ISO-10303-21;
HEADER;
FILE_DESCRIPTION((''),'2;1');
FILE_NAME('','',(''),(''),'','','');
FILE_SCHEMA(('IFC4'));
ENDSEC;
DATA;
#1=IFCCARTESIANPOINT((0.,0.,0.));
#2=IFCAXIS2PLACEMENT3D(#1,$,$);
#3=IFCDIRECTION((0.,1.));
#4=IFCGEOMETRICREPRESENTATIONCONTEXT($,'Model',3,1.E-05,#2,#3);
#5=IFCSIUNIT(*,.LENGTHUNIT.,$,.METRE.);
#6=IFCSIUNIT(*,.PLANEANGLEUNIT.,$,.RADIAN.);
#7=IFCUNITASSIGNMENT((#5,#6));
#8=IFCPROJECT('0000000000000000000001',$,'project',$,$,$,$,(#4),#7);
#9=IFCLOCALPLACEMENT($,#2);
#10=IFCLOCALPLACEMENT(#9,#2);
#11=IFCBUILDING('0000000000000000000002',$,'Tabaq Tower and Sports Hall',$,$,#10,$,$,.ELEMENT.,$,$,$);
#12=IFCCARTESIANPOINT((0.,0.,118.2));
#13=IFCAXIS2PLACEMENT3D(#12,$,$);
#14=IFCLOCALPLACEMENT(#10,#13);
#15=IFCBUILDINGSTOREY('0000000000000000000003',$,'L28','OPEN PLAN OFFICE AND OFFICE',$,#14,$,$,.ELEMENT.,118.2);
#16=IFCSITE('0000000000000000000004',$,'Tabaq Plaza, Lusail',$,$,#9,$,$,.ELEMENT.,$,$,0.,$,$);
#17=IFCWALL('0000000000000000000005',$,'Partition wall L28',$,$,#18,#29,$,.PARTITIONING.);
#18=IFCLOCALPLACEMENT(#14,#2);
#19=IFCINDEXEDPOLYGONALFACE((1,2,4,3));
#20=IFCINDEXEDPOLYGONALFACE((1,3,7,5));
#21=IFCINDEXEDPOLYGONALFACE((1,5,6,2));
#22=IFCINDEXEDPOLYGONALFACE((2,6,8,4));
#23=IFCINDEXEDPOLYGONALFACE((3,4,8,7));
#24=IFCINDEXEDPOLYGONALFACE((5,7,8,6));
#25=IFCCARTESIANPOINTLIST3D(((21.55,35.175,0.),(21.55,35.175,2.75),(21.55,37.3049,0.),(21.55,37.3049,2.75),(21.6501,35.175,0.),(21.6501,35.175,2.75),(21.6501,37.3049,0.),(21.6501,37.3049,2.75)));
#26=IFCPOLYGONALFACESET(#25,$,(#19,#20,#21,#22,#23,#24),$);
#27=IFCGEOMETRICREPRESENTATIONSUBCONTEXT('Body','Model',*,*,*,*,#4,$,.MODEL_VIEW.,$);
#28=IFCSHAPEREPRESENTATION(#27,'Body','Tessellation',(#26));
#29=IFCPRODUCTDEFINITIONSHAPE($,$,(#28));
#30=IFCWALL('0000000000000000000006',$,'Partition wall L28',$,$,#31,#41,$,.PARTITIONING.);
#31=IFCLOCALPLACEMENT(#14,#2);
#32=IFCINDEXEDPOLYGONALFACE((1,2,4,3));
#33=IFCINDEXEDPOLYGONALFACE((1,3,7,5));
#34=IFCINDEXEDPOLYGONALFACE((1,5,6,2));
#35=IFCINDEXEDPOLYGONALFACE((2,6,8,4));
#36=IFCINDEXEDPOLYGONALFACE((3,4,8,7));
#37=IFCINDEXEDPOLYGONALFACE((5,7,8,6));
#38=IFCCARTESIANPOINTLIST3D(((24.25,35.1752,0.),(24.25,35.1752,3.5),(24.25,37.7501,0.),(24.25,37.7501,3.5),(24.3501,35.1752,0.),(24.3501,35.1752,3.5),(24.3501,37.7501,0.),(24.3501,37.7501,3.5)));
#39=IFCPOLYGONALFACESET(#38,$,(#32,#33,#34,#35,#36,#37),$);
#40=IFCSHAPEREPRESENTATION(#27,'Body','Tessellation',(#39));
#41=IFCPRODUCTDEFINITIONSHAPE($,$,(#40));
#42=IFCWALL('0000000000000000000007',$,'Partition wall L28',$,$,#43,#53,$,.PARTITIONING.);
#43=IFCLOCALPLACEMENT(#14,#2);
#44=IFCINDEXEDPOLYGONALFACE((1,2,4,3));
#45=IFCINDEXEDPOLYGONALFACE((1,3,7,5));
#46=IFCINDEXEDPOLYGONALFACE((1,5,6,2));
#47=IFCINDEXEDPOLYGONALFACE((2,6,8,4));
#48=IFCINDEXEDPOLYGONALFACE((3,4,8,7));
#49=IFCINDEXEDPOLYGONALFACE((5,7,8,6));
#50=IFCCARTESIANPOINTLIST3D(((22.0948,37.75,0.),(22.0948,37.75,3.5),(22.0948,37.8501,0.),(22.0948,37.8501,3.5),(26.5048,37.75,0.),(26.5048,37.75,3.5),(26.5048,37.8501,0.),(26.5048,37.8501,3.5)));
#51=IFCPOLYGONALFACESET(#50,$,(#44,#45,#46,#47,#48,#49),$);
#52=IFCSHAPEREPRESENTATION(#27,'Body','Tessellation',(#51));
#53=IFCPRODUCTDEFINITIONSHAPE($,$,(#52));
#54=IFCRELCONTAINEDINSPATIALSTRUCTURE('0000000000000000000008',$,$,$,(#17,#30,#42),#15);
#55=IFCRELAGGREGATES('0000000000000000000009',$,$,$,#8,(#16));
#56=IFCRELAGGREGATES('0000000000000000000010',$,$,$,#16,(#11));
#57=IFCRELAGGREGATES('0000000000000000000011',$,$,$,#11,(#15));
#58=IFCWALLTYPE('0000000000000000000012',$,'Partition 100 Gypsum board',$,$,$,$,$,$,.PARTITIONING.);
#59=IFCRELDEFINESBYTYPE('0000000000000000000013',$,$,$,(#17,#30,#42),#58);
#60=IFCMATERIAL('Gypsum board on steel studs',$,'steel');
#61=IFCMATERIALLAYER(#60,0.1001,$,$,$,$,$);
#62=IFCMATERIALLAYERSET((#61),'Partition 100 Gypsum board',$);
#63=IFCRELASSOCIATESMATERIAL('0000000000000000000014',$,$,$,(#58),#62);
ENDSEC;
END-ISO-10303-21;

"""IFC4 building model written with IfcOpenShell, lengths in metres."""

from ifc_helpers import new_model, si_unit, direction, frame, frame_2d, origin, place, context, subcontext, project, spatial, rectangle, extrude, material, layer, layer_set, type_object, element, save


model = new_model("IFC4")

# Units and contexts
model_context = context("Model", 3, precision=1e-05, world=origin(), true_north=direction((0.0, 1.0)))
body_context = subcontext(model_context, "Body", "Model", "MODEL_VIEW")
ifc_project = project(units=[si_unit("LENGTHUNIT", "METRE"), si_unit("PLANEANGLEUNIT", "RADIAN")], contexts=[model_context])

# Site, building, storey
site_placement = place(None, origin())
site = spatial("IfcSite", under=ifc_project, at=site_placement, Name="Tabaq Plaza, Lusail", CompositionType="ELEMENT", RefElevation=0.0)
building_placement = place(site_placement, origin())
building = spatial("IfcBuilding", under=site, at=building_placement, Name="Tabaq Tower and Sports Hall", CompositionType="ELEMENT")
storey_placement = place(building_placement, frame((0.0, 0.0, 118.2)))
storey = spatial("IfcBuildingStorey", under=building, at=storey_placement, Name="L28", Description="OPEN PLAN OFFICE AND OFFICE", CompositionType="ELEMENT", Elevation=118.2)

# Walls
ifc_material_1 = material(Name="Gypsum board on steel studs", Category="steel")
ifc_layer_1 = layer(ifc_material_1, 0.1001)
ifc_layer_set_1 = layer_set([ifc_layer_1], Name="Partition 100 Gypsum board")
wall_type_1 = type_object("IfcWallType", Name="Partition 100 Gypsum board", PredefinedType="PARTITIONING", material=ifc_layer_set_1)
wall_1_placement = place(storey_placement, frame((21.6001, 35.175, 0.0), z_axis=(0.0, 0.0, 1.0), x_axis=(0.0, 1.0, 0.0)))
element("IfcWall", 1, at=wall_1_placement, inside=storey, type_object=wall_type_1, Name="Partition wall L28", PredefinedType="PARTITIONING", context=body_context, shape_type="SweptSolid", body=[
    extrude(rectangle(XDim=2.1299, YDim=0.1001, at=frame_2d((1.0649, 0.0))), origin(), (0.0, 0.0, 1.0), 2.75),
])
wall_2_placement = place(storey_placement, frame((24.3, 35.175, 0.0), z_axis=(0.0, 0.0, 1.0), x_axis=(0.0, 1.0, 0.0)))
element("IfcWall", 2, at=wall_2_placement, inside=storey, type_object=wall_type_1, Name="Partition wall L28", PredefinedType="PARTITIONING", context=body_context, shape_type="SweptSolid", body=[
    extrude(rectangle(XDim=2.575, YDim=0.1001, at=frame_2d((1.2876, 0.0))), origin(), (0.0, 0.0, 1.0), 3.5),
])
wall_3_placement = place(storey_placement, frame((26.5049, 37.8, 0.0), z_axis=(0.0, 0.0, 1.0), x_axis=(-1.0, 0.0, 0.0)))
element("IfcWall", 3, at=wall_3_placement, inside=storey, type_object=wall_type_1, Name="Partition wall L28", PredefinedType="PARTITIONING", context=body_context, shape_type="SweptSolid", body=[
    extrude(rectangle(XDim=4.4099, YDim=0.1001, at=frame_2d((2.2051, 0.0))), origin(), (0.0, 0.0, 1.0), 3.5),
])

save(model, "model.ifc")
